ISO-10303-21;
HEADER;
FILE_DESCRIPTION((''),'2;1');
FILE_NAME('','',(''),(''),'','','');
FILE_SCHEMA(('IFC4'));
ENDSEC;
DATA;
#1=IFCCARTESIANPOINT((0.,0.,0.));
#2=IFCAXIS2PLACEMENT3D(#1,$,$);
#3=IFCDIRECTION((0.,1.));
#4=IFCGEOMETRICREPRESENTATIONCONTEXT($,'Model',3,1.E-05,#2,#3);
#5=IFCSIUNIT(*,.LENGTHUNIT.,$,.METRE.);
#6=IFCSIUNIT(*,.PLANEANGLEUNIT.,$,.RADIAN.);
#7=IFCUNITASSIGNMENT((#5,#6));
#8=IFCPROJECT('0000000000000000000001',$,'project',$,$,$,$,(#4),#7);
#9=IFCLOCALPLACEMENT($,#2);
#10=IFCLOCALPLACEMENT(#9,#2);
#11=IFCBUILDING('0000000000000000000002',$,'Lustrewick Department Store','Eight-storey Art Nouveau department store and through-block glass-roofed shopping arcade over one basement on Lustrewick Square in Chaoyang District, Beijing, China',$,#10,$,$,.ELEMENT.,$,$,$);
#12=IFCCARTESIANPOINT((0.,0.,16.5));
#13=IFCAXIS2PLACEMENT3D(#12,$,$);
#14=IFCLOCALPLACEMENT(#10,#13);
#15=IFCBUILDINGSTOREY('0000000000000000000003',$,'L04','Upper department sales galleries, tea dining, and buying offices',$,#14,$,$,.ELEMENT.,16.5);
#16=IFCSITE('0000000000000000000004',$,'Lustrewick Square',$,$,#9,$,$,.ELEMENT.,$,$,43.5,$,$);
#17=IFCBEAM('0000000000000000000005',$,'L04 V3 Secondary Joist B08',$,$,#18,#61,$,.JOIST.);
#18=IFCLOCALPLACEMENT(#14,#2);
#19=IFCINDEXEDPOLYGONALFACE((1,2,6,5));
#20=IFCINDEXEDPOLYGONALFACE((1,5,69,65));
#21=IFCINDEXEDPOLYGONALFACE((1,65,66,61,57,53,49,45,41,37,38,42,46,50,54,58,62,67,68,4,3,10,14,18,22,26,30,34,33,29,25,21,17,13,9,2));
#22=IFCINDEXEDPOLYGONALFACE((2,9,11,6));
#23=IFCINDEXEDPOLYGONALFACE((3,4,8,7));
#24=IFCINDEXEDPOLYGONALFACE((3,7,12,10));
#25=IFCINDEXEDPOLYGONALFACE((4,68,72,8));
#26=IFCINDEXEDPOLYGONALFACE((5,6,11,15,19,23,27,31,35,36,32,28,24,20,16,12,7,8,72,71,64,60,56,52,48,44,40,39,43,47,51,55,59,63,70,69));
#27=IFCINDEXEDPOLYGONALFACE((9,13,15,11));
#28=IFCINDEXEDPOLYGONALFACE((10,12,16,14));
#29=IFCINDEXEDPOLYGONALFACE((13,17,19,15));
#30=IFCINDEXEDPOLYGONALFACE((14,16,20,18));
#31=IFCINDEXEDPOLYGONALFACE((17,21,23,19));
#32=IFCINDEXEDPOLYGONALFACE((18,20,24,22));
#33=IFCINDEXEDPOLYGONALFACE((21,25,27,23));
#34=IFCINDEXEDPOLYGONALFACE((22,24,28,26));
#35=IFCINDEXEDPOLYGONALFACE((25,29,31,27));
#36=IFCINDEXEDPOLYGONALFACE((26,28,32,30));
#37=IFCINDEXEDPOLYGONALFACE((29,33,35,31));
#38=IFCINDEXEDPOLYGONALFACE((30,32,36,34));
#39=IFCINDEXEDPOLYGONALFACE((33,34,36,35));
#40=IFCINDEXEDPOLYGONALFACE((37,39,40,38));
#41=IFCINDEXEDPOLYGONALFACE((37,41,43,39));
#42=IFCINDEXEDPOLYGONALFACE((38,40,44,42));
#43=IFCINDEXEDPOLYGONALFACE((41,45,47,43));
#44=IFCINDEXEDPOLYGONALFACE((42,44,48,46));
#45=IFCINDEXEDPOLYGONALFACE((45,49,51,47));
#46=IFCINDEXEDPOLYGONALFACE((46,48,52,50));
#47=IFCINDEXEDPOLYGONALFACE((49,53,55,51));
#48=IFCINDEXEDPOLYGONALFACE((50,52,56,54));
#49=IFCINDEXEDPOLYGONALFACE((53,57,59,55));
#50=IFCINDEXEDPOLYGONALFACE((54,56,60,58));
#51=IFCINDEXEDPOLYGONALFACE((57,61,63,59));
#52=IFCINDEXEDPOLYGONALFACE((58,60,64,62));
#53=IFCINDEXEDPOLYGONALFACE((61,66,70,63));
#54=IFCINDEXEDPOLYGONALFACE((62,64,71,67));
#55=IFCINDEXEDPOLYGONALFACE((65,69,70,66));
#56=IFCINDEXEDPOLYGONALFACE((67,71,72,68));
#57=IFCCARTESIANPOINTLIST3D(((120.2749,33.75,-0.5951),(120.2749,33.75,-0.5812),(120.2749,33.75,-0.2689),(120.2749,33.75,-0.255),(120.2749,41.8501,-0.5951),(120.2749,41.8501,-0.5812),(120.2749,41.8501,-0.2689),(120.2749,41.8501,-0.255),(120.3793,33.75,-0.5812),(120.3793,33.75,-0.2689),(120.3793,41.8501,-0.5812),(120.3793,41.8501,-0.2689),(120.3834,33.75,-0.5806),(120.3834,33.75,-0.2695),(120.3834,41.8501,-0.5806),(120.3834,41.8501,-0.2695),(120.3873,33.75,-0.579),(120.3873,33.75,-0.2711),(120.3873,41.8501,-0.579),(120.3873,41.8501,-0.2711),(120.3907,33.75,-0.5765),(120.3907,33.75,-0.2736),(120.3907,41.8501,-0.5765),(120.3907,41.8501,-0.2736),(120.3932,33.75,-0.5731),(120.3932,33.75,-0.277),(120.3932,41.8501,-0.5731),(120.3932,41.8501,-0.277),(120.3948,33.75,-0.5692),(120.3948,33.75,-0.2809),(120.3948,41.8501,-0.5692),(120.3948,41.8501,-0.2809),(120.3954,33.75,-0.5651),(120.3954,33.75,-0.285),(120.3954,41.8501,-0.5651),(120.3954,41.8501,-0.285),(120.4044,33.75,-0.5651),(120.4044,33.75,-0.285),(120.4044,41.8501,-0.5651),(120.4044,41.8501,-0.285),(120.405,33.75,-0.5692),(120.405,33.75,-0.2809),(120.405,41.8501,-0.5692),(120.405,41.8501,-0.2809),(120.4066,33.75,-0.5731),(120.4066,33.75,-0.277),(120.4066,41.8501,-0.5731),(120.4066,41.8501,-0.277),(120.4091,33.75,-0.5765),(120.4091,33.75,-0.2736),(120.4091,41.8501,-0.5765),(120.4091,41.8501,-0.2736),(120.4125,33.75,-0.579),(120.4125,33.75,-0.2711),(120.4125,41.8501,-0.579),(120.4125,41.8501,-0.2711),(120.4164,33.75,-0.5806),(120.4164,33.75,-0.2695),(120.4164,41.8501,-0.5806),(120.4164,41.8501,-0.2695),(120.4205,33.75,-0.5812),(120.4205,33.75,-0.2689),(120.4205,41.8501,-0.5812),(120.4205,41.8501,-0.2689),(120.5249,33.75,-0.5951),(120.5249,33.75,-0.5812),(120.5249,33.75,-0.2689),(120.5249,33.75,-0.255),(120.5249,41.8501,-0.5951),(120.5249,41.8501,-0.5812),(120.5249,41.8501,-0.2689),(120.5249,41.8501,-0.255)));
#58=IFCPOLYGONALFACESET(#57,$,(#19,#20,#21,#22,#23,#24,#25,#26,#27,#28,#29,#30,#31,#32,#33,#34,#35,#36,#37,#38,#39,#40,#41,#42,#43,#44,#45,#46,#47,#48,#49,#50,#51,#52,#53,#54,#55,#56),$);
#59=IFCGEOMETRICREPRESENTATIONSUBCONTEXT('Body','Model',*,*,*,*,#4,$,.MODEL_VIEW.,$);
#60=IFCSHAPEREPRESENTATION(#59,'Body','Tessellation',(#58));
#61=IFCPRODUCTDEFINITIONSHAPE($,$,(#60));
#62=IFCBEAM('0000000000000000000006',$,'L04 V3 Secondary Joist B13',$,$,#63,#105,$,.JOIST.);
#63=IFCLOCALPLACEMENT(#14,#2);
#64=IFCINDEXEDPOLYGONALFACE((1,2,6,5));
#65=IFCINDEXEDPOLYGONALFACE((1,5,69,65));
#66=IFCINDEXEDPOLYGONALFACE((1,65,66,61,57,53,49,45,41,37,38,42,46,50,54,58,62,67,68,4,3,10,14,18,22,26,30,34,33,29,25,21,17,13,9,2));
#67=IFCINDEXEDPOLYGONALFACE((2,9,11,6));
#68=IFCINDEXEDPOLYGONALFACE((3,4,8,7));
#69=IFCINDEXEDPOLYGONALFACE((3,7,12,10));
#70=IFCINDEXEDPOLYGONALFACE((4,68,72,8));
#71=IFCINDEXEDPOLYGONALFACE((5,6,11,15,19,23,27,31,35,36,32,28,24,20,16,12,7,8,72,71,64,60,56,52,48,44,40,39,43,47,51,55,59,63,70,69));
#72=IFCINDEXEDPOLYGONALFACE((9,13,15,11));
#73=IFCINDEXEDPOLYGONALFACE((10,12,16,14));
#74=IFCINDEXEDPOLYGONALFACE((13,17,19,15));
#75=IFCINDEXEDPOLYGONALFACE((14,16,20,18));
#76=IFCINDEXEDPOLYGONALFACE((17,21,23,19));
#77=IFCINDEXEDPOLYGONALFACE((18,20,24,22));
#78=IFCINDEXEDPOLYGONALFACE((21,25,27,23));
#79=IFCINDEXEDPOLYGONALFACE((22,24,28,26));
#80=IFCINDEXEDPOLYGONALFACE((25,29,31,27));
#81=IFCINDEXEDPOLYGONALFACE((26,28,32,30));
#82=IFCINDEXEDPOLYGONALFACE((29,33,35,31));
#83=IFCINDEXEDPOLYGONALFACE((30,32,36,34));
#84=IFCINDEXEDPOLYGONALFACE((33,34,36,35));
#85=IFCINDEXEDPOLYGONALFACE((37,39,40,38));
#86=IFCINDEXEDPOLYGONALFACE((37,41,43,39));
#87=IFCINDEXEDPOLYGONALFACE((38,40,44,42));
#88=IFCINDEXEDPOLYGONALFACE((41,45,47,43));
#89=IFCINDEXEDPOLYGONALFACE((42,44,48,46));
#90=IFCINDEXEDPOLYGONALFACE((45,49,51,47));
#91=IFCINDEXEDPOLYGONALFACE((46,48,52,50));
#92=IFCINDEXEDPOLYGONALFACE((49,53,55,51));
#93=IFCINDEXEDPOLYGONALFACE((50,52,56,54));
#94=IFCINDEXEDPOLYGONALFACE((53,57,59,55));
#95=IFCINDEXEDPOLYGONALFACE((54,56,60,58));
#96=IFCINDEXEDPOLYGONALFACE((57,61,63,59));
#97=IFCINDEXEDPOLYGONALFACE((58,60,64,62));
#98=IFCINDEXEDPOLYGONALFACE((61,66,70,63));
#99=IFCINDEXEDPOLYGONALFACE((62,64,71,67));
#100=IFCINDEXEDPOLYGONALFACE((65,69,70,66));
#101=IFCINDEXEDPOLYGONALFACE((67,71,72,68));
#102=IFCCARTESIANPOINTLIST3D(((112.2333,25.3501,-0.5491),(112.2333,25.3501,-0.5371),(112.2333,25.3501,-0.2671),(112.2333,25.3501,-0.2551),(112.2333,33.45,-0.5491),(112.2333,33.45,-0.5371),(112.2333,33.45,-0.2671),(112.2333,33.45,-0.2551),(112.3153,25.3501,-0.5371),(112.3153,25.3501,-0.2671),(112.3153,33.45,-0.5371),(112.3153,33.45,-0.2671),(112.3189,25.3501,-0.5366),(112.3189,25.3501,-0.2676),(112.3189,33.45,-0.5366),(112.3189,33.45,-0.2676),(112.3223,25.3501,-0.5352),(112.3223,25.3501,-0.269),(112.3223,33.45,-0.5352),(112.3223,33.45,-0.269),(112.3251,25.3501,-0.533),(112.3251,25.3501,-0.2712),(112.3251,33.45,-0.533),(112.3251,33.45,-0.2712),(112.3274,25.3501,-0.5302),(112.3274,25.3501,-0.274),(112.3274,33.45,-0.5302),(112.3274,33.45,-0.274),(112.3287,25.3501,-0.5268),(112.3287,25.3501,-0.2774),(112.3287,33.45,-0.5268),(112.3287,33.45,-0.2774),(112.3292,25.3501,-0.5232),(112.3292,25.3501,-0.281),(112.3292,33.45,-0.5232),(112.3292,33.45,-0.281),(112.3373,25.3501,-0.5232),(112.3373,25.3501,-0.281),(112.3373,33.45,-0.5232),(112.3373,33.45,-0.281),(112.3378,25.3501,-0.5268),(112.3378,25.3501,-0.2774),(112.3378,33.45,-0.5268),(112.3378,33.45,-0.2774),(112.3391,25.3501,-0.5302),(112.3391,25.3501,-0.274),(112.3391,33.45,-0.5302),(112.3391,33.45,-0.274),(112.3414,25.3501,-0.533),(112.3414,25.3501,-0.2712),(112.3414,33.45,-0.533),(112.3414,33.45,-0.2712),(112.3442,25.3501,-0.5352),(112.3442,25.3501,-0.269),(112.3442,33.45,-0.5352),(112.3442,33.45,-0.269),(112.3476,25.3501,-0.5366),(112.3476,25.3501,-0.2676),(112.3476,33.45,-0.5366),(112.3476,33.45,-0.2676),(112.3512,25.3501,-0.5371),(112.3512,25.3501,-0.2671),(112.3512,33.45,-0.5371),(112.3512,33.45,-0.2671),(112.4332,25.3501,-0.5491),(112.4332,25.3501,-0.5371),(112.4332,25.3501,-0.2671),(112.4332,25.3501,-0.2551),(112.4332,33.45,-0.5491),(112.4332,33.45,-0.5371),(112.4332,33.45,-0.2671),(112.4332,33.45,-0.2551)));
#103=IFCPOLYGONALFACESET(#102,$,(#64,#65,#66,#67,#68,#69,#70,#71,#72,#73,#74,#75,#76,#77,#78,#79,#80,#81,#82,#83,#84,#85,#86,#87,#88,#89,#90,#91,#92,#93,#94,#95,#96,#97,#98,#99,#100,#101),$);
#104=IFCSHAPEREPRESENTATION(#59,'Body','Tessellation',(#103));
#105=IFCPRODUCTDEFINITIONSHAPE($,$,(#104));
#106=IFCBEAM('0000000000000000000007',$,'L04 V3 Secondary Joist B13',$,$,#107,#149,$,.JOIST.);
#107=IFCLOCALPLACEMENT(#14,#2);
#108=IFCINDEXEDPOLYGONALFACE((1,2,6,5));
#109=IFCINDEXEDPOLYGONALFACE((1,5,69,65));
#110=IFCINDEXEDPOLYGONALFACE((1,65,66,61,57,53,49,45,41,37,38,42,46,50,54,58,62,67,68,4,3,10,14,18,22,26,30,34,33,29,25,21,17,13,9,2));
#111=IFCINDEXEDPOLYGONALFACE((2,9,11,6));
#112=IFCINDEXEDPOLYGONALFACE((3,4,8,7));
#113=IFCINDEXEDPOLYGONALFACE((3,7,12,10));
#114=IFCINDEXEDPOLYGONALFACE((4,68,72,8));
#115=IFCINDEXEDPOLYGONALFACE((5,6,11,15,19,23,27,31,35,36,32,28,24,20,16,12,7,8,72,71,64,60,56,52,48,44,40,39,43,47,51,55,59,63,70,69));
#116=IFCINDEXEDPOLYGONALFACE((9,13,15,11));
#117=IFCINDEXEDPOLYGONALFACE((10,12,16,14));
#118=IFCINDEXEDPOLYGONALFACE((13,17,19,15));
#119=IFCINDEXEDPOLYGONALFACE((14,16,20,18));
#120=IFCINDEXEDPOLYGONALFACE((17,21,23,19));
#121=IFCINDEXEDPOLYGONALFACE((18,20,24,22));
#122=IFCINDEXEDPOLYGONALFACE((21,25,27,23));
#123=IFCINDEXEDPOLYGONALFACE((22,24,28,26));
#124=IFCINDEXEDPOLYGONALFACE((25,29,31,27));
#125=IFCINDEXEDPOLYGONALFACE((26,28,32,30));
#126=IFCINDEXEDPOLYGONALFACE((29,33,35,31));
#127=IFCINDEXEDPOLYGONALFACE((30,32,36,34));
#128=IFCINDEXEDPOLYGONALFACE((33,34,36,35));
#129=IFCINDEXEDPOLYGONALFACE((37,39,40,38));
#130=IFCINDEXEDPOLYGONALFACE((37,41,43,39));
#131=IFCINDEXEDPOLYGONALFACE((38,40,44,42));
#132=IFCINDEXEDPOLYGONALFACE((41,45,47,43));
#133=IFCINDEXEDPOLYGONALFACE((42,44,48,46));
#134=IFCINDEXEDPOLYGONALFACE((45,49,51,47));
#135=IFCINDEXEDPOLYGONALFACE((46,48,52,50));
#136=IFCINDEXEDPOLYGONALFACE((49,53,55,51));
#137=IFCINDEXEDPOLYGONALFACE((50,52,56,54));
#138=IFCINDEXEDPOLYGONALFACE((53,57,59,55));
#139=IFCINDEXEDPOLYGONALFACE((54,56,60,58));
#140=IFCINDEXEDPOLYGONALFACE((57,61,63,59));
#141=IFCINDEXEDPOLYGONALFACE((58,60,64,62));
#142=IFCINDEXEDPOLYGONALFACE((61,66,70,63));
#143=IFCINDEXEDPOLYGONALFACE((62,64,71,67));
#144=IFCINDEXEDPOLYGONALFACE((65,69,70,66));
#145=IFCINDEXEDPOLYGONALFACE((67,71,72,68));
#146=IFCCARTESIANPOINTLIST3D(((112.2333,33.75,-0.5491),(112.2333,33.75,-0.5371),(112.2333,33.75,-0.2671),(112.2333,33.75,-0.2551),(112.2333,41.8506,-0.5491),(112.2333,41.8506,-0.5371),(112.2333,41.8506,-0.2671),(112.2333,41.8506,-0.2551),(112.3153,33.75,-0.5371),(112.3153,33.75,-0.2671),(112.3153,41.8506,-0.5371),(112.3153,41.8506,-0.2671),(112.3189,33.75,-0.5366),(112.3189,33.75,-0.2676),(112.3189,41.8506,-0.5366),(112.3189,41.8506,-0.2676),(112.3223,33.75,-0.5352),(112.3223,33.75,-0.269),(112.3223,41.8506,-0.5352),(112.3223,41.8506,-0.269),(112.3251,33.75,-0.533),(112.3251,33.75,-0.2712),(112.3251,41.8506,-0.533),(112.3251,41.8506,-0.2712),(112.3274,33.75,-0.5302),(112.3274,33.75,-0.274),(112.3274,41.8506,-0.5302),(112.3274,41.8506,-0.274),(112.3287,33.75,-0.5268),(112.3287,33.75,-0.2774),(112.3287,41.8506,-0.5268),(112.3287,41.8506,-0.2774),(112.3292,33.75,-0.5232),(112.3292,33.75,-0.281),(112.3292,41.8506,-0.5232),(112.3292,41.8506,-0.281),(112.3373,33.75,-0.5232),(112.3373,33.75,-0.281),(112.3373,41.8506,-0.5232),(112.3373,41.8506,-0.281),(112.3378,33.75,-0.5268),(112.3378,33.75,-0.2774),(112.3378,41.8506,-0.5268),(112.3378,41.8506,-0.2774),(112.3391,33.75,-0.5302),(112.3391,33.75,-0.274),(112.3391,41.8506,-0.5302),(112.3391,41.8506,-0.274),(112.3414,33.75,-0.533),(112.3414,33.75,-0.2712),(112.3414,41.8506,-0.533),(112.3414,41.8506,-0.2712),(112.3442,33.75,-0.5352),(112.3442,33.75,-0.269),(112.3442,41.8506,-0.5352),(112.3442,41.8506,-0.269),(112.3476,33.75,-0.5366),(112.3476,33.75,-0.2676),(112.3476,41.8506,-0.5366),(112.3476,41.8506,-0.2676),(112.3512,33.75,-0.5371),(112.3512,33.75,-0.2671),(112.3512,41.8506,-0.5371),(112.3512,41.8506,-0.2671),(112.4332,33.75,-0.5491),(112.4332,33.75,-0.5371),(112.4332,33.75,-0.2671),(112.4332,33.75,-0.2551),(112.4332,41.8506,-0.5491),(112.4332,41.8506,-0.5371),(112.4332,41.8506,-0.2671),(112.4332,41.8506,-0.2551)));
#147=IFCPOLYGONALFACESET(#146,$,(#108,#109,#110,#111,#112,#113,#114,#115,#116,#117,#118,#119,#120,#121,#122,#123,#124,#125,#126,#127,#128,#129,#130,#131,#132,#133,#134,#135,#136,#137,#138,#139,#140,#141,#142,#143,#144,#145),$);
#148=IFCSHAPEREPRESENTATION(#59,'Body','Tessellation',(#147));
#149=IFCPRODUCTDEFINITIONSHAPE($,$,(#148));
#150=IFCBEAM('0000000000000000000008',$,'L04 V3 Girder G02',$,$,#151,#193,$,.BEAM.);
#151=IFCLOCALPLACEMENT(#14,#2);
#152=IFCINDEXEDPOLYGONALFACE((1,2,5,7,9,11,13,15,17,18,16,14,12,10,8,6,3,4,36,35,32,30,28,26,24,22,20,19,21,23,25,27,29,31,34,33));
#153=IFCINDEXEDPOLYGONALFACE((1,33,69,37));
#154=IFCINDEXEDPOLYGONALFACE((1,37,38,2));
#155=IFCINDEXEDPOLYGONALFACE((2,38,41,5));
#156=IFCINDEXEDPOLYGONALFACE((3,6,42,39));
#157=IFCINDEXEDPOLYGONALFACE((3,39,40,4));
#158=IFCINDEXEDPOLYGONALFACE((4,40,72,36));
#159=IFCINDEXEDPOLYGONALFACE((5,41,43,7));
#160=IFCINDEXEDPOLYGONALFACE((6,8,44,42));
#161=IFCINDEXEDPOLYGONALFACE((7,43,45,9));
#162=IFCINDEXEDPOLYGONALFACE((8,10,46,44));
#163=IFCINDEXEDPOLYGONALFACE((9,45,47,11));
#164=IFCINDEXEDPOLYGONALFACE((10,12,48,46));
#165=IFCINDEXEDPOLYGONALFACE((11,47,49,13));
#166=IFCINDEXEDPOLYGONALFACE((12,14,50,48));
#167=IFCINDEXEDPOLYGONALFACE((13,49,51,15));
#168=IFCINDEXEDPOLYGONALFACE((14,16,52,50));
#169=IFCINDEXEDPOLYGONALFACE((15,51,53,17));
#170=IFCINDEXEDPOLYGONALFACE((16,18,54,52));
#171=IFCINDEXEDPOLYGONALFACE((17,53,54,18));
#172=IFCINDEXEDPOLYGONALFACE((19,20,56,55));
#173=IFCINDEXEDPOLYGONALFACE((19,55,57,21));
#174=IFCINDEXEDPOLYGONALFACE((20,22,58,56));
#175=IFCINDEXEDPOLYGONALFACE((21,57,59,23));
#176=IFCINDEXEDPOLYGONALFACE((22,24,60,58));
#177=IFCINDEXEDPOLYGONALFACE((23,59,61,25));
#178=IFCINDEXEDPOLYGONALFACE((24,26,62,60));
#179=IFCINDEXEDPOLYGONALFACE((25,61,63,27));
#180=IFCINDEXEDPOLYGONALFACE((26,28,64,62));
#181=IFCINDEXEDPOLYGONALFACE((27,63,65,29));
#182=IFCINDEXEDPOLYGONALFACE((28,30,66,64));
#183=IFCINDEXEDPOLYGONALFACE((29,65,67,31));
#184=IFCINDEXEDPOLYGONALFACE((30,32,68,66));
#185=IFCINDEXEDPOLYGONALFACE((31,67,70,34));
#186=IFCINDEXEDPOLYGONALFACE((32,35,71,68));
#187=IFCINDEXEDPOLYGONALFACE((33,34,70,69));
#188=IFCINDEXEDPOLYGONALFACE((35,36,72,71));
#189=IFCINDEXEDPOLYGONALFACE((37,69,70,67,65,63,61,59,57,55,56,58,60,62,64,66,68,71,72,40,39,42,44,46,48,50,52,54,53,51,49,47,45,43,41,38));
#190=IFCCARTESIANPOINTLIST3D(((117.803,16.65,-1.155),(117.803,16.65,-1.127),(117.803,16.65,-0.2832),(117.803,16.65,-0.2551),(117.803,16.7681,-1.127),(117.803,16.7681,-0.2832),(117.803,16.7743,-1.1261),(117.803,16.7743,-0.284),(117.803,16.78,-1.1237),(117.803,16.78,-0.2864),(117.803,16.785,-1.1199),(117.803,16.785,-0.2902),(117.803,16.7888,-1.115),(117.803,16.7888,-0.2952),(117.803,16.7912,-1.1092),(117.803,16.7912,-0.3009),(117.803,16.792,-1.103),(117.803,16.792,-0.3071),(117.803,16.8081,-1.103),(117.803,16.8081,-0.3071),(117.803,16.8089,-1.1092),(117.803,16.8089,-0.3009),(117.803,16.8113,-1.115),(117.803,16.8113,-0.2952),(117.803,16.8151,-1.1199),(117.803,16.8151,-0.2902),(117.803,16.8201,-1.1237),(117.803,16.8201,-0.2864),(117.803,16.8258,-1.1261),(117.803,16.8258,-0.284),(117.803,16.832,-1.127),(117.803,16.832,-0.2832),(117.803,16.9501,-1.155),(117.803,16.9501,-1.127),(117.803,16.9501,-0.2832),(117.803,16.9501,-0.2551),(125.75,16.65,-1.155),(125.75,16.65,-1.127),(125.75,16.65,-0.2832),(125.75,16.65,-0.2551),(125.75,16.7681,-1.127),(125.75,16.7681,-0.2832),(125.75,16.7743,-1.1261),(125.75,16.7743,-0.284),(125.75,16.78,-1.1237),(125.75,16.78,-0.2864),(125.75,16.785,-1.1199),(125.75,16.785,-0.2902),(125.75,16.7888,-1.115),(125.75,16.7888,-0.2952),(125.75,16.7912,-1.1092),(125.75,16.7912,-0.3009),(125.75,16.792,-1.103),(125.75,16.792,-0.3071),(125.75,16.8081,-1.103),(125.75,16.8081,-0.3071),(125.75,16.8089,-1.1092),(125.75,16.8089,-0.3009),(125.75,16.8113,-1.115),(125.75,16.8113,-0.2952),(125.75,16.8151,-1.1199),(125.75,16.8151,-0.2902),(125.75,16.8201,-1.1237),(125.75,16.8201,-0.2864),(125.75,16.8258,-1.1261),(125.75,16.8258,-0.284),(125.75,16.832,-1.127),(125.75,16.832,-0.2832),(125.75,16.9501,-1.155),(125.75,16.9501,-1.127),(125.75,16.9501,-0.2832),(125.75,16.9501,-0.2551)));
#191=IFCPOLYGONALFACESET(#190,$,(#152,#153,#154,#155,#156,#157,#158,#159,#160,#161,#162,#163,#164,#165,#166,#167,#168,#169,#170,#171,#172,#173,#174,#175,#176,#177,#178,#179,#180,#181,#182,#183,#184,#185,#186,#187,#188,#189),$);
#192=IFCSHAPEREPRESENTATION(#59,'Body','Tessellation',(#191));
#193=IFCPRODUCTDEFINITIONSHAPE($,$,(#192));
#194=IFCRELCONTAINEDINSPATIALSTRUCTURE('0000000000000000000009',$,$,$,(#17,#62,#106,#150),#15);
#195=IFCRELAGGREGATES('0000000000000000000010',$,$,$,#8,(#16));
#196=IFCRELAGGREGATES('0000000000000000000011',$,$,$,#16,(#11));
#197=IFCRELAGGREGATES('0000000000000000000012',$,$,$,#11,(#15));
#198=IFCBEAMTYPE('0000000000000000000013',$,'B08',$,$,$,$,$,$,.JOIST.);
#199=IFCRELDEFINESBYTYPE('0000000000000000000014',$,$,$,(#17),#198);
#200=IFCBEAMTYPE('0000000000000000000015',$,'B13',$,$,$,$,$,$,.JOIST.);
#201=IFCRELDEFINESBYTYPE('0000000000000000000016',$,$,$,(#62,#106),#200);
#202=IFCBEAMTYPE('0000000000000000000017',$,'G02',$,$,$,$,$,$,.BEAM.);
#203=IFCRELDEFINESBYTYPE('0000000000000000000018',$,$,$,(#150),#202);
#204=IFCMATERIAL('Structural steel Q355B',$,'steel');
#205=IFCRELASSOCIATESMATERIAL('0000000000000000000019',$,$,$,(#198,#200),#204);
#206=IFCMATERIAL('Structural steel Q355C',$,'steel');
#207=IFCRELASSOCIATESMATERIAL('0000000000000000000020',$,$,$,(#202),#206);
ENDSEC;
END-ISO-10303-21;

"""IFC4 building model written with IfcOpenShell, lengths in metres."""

from ifc_helpers import new_model, si_unit, direction, frame, origin, origin_2d, place, context, subcontext, project, spatial, i_section, extrude, material, material_profile, profile_set, type_object, element, save


model = new_model("IFC4")

# Units and contexts
model_context = context("Model", 3, precision=1e-05, world=origin(), true_north=direction((0.0, 1.0)))
body_context = subcontext(model_context, "Body", "Model", "MODEL_VIEW")
ifc_project = project(units=[si_unit("LENGTHUNIT", "METRE"), si_unit("PLANEANGLEUNIT", "RADIAN")], contexts=[model_context])

# Site, building, storey
site_placement = place(None, origin())
site = spatial("IfcSite", under=ifc_project, at=site_placement, Name="Lustrewick Square", CompositionType="ELEMENT", RefElevation=43.5)
building_placement = place(site_placement, origin())
building = spatial("IfcBuilding", under=site, at=building_placement, Name="Lustrewick Department Store", Description="Eight-storey Art Nouveau department store and through-block glass-roofed shopping arcade over one basement on Lustrewick Square in Chaoyang District, Beijing, China", CompositionType="ELEMENT")
storey_placement = place(building_placement, frame((0.0, 0.0, 16.5)))
storey = spatial("IfcBuildingStorey", under=building, at=storey_placement, Name="L04", Description="Upper department sales galleries, tea dining, and buying offices", CompositionType="ELEMENT", Elevation=16.5)

# Shared definitions
ifc_material_1 = material(Name="Structural steel Q355C", Category="steel")
ifc_material_2 = material(Name="Structural steel Q355B", Category="steel")

# Beams
ifc_material_profile_1 = material_profile(ifc_material_2, i_section(OverallWidth=0.25, OverallDepth=0.3401, WebThickness=0.009, FlangeThickness=0.0139, FilletRadius=0.0161, at=origin_2d()), Name="HM 340x250x9x14")
ifc_profile_set_1 = profile_set([ifc_material_profile_1], Name="Structural steel Q355B")
beam_type_1 = type_object("IfcBeamType", Name="B08", PredefinedType="JOIST", material=ifc_profile_set_1)
beam_1_placement = place(storey_placement, frame((120.3999, 33.75, -0.425), z_axis=(0.0, 1.0, 0.0), x_axis=(-1.0, 0.0, 0.0)))
element("IfcBeam", 1, at=beam_1_placement, inside=storey, type_object=beam_type_1, Name="L04 V3 Secondary Joist B08", PredefinedType="JOIST", context=body_context, shape_type="SweptSolid", body=[
    extrude(i_section(OverallWidth=0.25, OverallDepth=0.3401, WebThickness=0.009, FlangeThickness=0.0139, FilletRadius=0.0161, at=origin_2d()), origin(), (0.0, 0.0, 1.0), 8.1001),
])
ifc_material_profile_2 = material_profile(ifc_material_2, i_section(OverallWidth=0.2, OverallDepth=0.2939, WebThickness=0.0081, FlangeThickness=0.012, FilletRadius=0.0139, at=origin_2d()), Name="HM 294x200x8x12")
ifc_profile_set_2 = profile_set([ifc_material_profile_2], Name="Structural steel Q355B")
beam_type_2 = type_object("IfcBeamType", Name="B13", PredefinedType="JOIST", material=ifc_profile_set_2)
beam_2_placement = place(storey_placement, frame((112.3333, 25.3501, -0.4021), z_axis=(0.0, 1.0, 0.0), x_axis=(-1.0, 0.0, 0.0)))
element("IfcBeam", 2, at=beam_2_placement, inside=storey, type_object=beam_type_2, Name="L04 V3 Secondary Joist B13", PredefinedType="JOIST", context=body_context, shape_type="SweptSolid", body=[
    extrude(i_section(OverallWidth=0.2, OverallDepth=0.2939, WebThickness=0.0081, FlangeThickness=0.012, FilletRadius=0.0139, at=origin_2d()), origin(), (0.0, 0.0, 1.0), 8.0999),
])
beam_3_placement = place(storey_placement, frame((112.3333, 33.75, -0.4021), z_axis=(0.0, 1.0, 0.0), x_axis=(-1.0, 0.0, 0.0)))
element("IfcBeam", 3, at=beam_3_placement, inside=storey, type_object=beam_type_2, Name="L04 V3 Secondary Joist B13", PredefinedType="JOIST", context=body_context, shape_type="SweptSolid", body=[
    extrude(i_section(OverallWidth=0.2, OverallDepth=0.2939, WebThickness=0.0081, FlangeThickness=0.012, FilletRadius=0.0139, at=origin_2d()), origin(), (0.0, 0.0, 1.0), 8.1006),
])
ifc_material_profile_3 = material_profile(ifc_material_1, i_section(OverallWidth=0.3, OverallDepth=0.8999, WebThickness=0.0161, FlangeThickness=0.0281, FilletRadius=0.0239, at=origin_2d()), Name="HN 900x300x16x28")
ifc_profile_set_3 = profile_set([ifc_material_profile_3], Name="Structural steel Q355C")
beam_type_3 = type_object("IfcBeamType", Name="G02", PredefinedType="BEAM", material=ifc_profile_set_3)
beam_4_placement = place(storey_placement, frame((117.803, 16.8, -0.7051), z_axis=(1.0, 0.0, 0.0), x_axis=(0.0, 1.0, 0.0)))
element("IfcBeam", 4, at=beam_4_placement, inside=storey, type_object=beam_type_3, Name="L04 V3 Girder G02", PredefinedType="BEAM", context=body_context, shape_type="SweptSolid", body=[
    extrude(i_section(OverallWidth=0.3, OverallDepth=0.8999, WebThickness=0.0161, FlangeThickness=0.0281, FilletRadius=0.0239, at=origin_2d()), origin(), (0.0, 0.0, 1.0), 7.947),
])

save(model, "model.ifc")
